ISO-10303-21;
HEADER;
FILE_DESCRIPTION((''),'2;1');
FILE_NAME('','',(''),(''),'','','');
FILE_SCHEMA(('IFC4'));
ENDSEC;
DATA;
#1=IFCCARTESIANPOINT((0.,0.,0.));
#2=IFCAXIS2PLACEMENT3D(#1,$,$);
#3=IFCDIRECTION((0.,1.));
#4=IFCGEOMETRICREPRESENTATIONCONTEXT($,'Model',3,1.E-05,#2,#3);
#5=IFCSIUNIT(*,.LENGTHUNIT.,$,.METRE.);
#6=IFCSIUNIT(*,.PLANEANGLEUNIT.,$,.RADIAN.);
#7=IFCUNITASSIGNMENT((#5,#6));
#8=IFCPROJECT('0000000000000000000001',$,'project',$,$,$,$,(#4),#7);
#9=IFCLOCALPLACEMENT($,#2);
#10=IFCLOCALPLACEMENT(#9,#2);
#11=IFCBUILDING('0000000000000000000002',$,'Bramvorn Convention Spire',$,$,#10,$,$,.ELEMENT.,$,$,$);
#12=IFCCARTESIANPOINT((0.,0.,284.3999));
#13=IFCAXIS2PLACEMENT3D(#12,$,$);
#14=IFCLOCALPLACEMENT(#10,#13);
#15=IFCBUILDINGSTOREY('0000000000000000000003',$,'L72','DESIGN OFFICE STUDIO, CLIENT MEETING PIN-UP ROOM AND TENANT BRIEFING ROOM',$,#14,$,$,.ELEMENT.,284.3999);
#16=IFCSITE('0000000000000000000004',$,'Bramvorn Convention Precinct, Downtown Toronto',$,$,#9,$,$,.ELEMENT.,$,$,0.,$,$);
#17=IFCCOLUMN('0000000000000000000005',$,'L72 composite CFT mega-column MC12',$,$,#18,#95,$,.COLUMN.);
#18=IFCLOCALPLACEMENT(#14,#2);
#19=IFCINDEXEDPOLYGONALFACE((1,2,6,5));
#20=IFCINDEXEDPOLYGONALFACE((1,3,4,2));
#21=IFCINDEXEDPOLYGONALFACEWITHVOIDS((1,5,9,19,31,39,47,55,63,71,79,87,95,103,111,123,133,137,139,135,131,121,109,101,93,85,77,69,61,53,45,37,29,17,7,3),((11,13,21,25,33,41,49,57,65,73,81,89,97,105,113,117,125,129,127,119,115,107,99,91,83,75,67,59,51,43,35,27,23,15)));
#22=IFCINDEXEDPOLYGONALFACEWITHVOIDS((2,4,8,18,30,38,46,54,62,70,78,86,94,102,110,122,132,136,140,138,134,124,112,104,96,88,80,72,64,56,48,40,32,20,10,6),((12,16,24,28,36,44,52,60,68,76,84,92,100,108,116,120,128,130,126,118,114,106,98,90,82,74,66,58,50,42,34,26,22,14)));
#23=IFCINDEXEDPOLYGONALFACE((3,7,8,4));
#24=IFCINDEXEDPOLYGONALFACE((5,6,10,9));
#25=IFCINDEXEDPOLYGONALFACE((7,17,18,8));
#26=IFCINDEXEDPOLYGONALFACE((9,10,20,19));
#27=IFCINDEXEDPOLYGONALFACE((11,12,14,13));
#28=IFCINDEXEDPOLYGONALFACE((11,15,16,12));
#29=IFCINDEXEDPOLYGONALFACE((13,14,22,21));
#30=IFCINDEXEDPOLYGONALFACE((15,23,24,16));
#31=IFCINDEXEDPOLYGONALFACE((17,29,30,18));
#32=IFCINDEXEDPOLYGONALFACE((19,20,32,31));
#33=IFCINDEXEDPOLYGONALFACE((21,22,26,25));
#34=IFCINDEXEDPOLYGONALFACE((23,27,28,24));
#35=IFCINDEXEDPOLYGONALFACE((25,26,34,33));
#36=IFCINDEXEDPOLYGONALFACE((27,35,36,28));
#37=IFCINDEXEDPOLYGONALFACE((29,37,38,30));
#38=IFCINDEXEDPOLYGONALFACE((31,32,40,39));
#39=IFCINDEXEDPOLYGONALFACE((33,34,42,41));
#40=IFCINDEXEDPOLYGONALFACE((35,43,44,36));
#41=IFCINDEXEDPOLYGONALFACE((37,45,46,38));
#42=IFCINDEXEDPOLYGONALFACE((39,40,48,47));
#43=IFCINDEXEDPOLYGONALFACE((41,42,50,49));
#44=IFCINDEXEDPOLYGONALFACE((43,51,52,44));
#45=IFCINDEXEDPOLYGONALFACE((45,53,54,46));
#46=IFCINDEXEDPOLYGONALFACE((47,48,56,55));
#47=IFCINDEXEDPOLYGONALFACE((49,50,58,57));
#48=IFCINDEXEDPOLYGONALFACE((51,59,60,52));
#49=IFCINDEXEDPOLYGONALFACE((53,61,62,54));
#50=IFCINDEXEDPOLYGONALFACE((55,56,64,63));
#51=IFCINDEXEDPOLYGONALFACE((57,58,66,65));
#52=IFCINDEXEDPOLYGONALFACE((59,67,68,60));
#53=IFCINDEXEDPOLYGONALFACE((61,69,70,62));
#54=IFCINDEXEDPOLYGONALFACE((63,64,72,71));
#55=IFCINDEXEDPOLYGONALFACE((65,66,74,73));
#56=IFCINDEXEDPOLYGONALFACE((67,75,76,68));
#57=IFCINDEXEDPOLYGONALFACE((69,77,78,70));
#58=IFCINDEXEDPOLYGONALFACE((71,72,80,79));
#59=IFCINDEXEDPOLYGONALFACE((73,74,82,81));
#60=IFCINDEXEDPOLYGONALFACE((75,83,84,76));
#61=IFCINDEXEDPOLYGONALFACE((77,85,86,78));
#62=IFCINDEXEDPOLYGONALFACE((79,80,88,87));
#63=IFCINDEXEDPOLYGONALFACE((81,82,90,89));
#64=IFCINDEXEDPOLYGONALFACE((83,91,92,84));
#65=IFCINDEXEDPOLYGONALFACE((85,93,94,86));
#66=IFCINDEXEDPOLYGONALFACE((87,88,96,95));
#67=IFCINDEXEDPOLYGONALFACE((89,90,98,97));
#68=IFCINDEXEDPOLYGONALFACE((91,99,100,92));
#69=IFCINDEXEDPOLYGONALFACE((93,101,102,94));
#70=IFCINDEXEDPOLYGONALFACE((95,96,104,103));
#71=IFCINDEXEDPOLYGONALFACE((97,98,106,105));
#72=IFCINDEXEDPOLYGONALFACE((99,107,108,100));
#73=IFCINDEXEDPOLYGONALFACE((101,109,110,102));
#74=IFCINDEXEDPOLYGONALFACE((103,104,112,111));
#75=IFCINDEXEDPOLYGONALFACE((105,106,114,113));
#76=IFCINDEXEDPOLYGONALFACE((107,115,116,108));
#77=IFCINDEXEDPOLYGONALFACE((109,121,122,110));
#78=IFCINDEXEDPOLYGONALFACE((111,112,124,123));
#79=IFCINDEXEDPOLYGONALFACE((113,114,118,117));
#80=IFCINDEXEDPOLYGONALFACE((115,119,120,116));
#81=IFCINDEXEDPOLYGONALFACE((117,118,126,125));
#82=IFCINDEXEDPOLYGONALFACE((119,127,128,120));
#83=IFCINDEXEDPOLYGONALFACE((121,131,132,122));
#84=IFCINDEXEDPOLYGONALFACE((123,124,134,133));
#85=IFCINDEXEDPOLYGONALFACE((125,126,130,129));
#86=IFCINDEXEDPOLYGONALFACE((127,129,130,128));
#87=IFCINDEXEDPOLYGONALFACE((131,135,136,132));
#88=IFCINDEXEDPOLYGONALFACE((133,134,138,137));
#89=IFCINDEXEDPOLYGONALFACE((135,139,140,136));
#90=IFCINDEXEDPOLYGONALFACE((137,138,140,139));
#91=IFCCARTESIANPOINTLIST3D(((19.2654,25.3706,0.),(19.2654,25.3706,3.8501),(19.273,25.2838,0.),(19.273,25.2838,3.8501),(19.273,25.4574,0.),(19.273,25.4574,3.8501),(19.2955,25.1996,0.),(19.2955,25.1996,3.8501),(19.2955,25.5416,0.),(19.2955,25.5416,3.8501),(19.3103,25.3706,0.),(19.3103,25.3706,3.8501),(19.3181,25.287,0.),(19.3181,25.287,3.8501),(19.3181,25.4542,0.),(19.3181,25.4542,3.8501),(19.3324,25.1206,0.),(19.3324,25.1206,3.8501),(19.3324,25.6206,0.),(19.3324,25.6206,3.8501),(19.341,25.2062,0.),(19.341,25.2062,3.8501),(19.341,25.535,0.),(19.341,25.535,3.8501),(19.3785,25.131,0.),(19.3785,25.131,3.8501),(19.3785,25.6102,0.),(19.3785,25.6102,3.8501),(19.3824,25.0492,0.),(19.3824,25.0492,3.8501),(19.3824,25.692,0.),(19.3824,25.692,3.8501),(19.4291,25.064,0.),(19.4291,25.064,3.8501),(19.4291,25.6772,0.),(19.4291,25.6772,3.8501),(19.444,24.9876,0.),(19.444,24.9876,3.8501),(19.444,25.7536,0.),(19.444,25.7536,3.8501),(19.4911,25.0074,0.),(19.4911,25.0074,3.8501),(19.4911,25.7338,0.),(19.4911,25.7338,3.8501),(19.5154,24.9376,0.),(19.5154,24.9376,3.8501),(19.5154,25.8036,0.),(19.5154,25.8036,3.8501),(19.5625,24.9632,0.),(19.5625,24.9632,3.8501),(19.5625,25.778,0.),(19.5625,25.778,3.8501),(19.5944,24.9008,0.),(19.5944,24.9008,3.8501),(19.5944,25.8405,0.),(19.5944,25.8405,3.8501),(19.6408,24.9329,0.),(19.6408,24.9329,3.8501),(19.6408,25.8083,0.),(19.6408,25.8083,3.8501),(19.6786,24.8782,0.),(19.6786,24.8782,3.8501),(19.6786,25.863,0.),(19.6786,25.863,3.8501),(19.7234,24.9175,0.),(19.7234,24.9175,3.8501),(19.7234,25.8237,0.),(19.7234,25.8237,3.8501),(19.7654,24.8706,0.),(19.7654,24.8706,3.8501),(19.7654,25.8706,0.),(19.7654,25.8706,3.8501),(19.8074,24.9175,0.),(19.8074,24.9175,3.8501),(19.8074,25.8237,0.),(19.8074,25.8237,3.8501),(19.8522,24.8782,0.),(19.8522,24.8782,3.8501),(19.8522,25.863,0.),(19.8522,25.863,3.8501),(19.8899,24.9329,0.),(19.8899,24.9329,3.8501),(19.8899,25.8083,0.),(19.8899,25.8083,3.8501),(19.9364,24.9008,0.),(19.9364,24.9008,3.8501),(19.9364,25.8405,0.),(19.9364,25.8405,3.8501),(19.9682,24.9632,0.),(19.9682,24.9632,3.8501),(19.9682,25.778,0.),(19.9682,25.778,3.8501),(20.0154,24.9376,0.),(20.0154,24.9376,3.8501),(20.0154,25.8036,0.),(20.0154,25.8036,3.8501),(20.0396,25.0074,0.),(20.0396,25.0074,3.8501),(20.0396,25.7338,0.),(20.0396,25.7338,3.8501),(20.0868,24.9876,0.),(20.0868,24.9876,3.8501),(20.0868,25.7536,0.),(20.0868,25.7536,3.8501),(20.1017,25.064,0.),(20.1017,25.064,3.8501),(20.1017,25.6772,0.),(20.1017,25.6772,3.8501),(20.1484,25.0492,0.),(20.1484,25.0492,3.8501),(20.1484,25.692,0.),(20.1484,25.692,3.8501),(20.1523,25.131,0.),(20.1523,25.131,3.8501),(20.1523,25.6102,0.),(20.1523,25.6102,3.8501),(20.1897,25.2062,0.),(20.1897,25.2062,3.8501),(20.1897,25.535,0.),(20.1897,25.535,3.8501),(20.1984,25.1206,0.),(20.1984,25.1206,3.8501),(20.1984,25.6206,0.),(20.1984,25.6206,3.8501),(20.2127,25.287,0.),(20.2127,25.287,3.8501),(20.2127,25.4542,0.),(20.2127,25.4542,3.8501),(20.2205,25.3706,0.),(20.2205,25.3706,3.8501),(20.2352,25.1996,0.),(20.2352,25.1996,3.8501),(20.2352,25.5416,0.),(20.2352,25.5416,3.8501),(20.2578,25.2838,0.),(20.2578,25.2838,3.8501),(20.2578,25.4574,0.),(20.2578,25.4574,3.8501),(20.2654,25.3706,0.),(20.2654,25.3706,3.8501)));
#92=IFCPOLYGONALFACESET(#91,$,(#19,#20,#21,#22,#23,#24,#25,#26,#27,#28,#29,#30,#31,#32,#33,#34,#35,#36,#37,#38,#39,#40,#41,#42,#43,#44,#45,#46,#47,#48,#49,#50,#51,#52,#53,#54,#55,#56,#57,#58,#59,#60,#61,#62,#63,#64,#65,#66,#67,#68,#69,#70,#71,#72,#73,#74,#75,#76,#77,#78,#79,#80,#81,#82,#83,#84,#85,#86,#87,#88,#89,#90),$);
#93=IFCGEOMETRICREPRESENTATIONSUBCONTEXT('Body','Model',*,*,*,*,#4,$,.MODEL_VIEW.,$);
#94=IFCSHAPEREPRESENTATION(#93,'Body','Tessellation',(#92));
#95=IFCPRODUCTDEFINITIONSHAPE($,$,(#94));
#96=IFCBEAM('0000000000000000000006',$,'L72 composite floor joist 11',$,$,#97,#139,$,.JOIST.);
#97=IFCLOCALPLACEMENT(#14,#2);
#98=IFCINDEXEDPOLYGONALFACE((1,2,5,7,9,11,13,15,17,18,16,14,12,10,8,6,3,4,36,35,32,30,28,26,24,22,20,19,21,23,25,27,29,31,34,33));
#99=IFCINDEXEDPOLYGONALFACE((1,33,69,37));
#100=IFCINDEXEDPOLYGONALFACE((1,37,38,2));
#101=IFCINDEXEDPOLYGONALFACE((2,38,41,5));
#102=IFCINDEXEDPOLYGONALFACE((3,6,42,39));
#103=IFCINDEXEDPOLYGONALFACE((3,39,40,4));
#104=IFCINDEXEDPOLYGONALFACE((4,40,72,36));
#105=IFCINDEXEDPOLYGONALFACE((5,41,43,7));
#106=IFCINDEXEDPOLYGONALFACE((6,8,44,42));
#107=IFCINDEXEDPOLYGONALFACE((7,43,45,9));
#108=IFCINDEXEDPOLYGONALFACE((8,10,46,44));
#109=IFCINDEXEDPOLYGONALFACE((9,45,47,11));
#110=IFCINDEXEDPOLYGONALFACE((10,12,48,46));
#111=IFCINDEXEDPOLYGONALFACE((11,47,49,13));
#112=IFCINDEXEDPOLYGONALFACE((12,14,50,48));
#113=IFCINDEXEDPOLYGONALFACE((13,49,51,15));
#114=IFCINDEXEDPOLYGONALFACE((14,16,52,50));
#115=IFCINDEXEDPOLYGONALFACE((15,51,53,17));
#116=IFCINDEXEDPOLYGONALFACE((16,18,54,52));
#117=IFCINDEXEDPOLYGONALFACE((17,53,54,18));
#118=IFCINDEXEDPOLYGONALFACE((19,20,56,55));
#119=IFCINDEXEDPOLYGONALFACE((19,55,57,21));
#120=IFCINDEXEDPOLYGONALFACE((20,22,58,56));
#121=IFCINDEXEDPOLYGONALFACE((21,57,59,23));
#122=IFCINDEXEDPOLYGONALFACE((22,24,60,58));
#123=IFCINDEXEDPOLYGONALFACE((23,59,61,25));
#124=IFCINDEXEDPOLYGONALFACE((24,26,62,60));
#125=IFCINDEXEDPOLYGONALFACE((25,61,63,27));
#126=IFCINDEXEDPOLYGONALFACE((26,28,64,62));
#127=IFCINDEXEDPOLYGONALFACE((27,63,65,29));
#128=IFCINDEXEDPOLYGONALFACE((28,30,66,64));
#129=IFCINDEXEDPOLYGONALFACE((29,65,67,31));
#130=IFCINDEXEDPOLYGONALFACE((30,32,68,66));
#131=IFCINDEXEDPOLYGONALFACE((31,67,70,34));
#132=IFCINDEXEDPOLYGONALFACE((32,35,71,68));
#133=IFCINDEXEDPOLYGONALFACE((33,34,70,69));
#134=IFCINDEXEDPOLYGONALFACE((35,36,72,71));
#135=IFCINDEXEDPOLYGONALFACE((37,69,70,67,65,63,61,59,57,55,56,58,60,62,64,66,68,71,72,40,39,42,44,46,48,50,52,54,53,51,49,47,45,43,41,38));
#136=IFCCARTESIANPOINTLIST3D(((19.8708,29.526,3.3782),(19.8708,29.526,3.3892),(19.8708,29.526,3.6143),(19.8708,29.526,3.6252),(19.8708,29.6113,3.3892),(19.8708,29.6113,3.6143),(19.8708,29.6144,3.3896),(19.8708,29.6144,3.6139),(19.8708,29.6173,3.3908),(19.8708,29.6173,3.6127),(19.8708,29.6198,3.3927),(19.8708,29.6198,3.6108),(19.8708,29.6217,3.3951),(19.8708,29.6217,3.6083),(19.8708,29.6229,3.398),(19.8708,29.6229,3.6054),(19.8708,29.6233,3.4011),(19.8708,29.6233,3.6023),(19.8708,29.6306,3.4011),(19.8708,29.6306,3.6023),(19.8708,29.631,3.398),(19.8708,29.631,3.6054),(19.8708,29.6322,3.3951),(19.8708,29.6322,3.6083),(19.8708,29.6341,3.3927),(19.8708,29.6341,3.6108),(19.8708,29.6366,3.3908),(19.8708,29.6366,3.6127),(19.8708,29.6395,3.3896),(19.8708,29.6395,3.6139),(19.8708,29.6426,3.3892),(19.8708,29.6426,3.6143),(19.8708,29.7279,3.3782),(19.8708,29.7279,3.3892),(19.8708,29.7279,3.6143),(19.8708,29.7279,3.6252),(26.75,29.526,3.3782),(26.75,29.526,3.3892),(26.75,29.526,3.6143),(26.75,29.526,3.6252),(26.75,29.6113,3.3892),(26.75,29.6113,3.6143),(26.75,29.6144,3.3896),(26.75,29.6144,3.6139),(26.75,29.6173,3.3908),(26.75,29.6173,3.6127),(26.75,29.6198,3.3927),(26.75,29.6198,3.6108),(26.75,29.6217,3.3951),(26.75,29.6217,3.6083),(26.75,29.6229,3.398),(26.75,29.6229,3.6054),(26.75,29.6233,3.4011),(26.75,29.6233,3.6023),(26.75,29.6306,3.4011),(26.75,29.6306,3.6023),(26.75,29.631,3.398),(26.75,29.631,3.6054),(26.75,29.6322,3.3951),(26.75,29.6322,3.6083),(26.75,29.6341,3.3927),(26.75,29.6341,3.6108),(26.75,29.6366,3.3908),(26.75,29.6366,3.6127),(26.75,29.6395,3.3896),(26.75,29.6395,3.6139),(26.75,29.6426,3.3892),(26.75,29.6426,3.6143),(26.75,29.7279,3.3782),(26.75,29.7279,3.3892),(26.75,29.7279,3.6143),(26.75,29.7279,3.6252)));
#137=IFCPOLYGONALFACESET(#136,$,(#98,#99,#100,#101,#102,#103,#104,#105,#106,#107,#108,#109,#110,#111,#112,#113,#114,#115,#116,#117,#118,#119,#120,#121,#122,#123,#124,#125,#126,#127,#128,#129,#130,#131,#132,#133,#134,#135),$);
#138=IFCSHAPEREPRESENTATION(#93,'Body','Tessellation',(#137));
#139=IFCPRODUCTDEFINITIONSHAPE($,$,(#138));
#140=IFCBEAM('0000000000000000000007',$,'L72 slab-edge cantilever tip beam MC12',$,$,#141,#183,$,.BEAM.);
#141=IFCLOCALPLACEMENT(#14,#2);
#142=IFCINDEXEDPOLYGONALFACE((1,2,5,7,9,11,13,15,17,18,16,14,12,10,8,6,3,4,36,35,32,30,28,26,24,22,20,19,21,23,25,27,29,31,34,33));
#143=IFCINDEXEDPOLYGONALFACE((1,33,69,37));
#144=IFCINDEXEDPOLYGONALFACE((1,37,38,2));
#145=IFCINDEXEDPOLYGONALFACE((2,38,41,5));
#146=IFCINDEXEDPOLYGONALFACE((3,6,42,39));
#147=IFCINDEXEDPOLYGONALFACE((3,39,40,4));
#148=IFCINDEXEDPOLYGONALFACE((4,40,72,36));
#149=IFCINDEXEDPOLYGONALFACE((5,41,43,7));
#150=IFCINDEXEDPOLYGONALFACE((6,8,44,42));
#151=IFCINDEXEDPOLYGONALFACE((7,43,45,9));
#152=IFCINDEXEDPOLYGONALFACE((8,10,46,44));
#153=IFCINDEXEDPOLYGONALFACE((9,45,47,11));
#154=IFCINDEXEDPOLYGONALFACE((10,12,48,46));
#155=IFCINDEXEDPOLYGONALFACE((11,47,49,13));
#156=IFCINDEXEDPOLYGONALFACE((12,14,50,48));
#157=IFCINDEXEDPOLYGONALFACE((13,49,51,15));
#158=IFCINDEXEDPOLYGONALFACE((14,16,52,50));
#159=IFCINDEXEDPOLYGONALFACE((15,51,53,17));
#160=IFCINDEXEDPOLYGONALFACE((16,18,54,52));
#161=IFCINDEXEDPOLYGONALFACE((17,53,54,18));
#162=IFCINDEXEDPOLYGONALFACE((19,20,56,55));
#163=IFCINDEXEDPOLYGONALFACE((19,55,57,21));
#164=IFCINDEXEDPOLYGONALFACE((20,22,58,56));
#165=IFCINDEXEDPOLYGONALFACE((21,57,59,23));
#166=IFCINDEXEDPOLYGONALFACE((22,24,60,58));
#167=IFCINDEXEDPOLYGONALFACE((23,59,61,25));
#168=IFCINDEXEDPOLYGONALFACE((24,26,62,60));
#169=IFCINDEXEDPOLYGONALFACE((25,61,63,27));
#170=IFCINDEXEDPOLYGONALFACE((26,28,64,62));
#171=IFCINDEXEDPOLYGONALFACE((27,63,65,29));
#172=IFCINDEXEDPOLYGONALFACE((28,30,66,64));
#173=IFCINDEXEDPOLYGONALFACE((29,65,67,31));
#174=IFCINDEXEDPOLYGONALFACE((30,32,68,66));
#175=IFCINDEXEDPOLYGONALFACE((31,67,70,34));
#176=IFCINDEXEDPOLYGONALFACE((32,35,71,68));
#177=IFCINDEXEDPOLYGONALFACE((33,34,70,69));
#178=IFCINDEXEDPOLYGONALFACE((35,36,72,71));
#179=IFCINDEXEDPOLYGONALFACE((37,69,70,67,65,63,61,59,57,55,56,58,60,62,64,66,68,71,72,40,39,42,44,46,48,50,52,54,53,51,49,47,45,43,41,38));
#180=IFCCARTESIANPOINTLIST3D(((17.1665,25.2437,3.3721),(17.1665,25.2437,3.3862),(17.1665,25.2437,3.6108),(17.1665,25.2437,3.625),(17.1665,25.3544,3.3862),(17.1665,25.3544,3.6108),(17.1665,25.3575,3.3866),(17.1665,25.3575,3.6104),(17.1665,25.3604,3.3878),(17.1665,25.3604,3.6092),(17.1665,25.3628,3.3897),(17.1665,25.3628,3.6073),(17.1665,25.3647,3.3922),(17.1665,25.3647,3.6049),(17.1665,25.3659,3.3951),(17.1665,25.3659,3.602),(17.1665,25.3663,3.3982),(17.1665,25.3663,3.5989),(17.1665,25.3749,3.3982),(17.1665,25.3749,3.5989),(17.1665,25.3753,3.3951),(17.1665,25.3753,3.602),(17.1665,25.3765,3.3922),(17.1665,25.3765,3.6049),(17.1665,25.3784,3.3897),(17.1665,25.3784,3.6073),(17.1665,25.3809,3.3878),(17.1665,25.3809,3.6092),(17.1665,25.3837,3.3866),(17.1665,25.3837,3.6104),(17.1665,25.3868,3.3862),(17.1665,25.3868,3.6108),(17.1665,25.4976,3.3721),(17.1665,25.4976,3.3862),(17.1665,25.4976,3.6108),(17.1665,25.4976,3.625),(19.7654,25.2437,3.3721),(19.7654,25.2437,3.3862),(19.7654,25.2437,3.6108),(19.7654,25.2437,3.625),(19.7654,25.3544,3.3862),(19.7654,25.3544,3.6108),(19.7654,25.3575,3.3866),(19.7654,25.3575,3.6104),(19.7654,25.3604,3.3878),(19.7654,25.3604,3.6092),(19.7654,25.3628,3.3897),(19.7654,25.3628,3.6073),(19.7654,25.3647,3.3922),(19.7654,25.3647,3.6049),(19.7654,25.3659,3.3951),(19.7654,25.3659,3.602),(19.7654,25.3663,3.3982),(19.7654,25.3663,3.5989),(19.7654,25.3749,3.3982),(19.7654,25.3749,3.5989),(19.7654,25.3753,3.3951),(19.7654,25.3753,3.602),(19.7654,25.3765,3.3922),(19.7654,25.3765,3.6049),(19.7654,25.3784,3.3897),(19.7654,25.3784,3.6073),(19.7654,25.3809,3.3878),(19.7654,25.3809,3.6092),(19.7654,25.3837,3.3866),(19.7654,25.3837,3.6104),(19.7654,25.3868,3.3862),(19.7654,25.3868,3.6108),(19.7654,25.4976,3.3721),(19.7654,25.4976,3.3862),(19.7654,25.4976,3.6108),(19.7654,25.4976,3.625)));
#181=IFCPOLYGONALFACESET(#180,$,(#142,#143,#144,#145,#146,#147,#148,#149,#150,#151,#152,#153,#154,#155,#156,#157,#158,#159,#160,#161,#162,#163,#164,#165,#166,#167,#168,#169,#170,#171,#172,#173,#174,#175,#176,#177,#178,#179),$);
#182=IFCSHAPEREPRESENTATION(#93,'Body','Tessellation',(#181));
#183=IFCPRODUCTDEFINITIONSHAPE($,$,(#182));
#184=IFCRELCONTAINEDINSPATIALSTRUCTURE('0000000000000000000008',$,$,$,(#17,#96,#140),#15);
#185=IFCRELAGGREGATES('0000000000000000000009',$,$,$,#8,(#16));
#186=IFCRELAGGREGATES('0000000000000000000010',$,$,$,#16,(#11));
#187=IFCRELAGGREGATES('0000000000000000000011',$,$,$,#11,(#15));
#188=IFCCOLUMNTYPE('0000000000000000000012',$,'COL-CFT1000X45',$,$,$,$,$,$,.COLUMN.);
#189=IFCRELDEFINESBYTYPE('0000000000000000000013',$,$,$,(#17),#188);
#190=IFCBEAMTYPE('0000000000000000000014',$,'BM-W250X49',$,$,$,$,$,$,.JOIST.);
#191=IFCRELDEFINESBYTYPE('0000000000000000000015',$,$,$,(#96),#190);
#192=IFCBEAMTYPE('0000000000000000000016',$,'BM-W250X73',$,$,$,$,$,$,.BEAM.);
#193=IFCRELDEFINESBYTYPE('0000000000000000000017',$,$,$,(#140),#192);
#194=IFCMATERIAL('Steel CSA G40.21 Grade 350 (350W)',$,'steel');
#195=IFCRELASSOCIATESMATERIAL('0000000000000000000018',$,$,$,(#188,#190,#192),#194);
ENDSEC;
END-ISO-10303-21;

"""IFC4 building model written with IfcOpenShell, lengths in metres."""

from ifc_helpers import new_model, si_unit, direction, frame, origin, origin_2d, place, context, subcontext, project, spatial, hollow_circle, i_section, extrude, material, material_profile, profile_set, type_object, element, save


model = new_model("IFC4")

# Units and contexts
model_context = context("Model", 3, precision=1e-05, world=origin(), true_north=direction((0.0, 1.0)))
body_context = subcontext(model_context, "Body", "Model", "MODEL_VIEW")
ifc_project = project(units=[si_unit("LENGTHUNIT", "METRE"), si_unit("PLANEANGLEUNIT", "RADIAN")], contexts=[model_context])

# Site, building, storey
site_placement = place(None, origin())
site = spatial("IfcSite", under=ifc_project, at=site_placement, Name="Bramvorn Convention Precinct, Downtown Toronto", CompositionType="ELEMENT", RefElevation=0.0)
building_placement = place(site_placement, origin())
building = spatial("IfcBuilding", under=site, at=building_placement, Name="Bramvorn Convention Spire", CompositionType="ELEMENT")
storey_placement = place(building_placement, frame((0.0, 0.0, 284.3999)))
storey = spatial("IfcBuildingStorey", under=building, at=storey_placement, Name="L72", Description="DESIGN OFFICE STUDIO, CLIENT MEETING PIN-UP ROOM AND TENANT BRIEFING ROOM", CompositionType="ELEMENT", Elevation=284.3999)

# Column
ifc_material_1 = material(Name="Steel CSA G40.21 Grade 350 (350W)", Category="steel")
ifc_material_profile_1 = material_profile(ifc_material_1, hollow_circle(Radius=0.5, WallThickness=0.0449, at=origin_2d()))
ifc_profile_set_1 = profile_set([ifc_material_profile_1], Name="Steel CSA G40.21 Grade 350 (350W) - CFT1000X45")
column_type = type_object("IfcColumnType", Name="COL-CFT1000X45", PredefinedType="COLUMN", material=ifc_profile_set_1)
column_placement = place(storey_placement, frame((19.7654, 25.3706, 0.0), z_axis=(0.0, 0.0, 1.0), x_axis=(1.0, 0.0, 0.0)))
element("IfcColumn", 1, at=column_placement, inside=storey, type_object=column_type, Name="L72 composite CFT mega-column MC12", PredefinedType="COLUMN", context=body_context, shape_type="SweptSolid", body=[
    extrude(hollow_circle(Radius=0.5, WallThickness=0.0449, at=origin_2d()), origin(), (0.0, 0.0, 1.0), 3.8501),
])

# Beams
ifc_material_profile_2 = material_profile(ifc_material_1, i_section(OverallWidth=0.2019, OverallDepth=0.2471, WebThickness=0.0073, FlangeThickness=0.011, FilletRadius=0.012, at=origin_2d()))
ifc_profile_set_2 = profile_set([ifc_material_profile_2], Name="Steel CSA G40.21 Grade 350 (350W) - W250X49")
beam_type_1 = type_object("IfcBeamType", Name="BM-W250X49", PredefinedType="JOIST", material=ifc_profile_set_2)
beam_1_placement = place(storey_placement, frame((26.75, 29.627, 3.5017), z_axis=(-1.0, 0.0, 0.0), x_axis=(0.0, -1.0, 0.0)))
element("IfcBeam", 2, at=beam_1_placement, inside=storey, type_object=beam_type_1, Name="L72 composite floor joist 11", PredefinedType="JOIST", context=body_context, shape_type="SweptSolid", body=[
    extrude(i_section(OverallWidth=0.2019, OverallDepth=0.2471, WebThickness=0.0073, FlangeThickness=0.011, FilletRadius=0.012, at=origin_2d()), origin(), (0.0, 0.0, 1.0), 6.8792),
])
ifc_material_profile_3 = material_profile(ifc_material_1, i_section(OverallWidth=0.2539, OverallDepth=0.2529, WebThickness=0.0085, FlangeThickness=0.0142, FilletRadius=0.012, at=origin_2d()))
ifc_profile_set_3 = profile_set([ifc_material_profile_3], Name="Steel CSA G40.21 Grade 350 (350W) - W250X73")
beam_type_2 = type_object("IfcBeamType", Name="BM-W250X73", PredefinedType="BEAM", material=ifc_profile_set_3)
beam_2_placement = place(storey_placement, frame((19.7654, 25.3706, 3.4985), z_axis=(-1.0, 0.0, 0.0), x_axis=(0.0, -1.0, 0.0)))
element("IfcBeam", 3, at=beam_2_placement, inside=storey, type_object=beam_type_2, Name="L72 slab-edge cantilever tip beam MC12", PredefinedType="BEAM", context=body_context, shape_type="SweptSolid", body=[
    extrude(i_section(OverallWidth=0.2539, OverallDepth=0.2529, WebThickness=0.0085, FlangeThickness=0.0142, FilletRadius=0.012, at=origin_2d()), origin(), (0.0, 0.0, 1.0), 2.5989),
])

save(model, "model.ifc")
